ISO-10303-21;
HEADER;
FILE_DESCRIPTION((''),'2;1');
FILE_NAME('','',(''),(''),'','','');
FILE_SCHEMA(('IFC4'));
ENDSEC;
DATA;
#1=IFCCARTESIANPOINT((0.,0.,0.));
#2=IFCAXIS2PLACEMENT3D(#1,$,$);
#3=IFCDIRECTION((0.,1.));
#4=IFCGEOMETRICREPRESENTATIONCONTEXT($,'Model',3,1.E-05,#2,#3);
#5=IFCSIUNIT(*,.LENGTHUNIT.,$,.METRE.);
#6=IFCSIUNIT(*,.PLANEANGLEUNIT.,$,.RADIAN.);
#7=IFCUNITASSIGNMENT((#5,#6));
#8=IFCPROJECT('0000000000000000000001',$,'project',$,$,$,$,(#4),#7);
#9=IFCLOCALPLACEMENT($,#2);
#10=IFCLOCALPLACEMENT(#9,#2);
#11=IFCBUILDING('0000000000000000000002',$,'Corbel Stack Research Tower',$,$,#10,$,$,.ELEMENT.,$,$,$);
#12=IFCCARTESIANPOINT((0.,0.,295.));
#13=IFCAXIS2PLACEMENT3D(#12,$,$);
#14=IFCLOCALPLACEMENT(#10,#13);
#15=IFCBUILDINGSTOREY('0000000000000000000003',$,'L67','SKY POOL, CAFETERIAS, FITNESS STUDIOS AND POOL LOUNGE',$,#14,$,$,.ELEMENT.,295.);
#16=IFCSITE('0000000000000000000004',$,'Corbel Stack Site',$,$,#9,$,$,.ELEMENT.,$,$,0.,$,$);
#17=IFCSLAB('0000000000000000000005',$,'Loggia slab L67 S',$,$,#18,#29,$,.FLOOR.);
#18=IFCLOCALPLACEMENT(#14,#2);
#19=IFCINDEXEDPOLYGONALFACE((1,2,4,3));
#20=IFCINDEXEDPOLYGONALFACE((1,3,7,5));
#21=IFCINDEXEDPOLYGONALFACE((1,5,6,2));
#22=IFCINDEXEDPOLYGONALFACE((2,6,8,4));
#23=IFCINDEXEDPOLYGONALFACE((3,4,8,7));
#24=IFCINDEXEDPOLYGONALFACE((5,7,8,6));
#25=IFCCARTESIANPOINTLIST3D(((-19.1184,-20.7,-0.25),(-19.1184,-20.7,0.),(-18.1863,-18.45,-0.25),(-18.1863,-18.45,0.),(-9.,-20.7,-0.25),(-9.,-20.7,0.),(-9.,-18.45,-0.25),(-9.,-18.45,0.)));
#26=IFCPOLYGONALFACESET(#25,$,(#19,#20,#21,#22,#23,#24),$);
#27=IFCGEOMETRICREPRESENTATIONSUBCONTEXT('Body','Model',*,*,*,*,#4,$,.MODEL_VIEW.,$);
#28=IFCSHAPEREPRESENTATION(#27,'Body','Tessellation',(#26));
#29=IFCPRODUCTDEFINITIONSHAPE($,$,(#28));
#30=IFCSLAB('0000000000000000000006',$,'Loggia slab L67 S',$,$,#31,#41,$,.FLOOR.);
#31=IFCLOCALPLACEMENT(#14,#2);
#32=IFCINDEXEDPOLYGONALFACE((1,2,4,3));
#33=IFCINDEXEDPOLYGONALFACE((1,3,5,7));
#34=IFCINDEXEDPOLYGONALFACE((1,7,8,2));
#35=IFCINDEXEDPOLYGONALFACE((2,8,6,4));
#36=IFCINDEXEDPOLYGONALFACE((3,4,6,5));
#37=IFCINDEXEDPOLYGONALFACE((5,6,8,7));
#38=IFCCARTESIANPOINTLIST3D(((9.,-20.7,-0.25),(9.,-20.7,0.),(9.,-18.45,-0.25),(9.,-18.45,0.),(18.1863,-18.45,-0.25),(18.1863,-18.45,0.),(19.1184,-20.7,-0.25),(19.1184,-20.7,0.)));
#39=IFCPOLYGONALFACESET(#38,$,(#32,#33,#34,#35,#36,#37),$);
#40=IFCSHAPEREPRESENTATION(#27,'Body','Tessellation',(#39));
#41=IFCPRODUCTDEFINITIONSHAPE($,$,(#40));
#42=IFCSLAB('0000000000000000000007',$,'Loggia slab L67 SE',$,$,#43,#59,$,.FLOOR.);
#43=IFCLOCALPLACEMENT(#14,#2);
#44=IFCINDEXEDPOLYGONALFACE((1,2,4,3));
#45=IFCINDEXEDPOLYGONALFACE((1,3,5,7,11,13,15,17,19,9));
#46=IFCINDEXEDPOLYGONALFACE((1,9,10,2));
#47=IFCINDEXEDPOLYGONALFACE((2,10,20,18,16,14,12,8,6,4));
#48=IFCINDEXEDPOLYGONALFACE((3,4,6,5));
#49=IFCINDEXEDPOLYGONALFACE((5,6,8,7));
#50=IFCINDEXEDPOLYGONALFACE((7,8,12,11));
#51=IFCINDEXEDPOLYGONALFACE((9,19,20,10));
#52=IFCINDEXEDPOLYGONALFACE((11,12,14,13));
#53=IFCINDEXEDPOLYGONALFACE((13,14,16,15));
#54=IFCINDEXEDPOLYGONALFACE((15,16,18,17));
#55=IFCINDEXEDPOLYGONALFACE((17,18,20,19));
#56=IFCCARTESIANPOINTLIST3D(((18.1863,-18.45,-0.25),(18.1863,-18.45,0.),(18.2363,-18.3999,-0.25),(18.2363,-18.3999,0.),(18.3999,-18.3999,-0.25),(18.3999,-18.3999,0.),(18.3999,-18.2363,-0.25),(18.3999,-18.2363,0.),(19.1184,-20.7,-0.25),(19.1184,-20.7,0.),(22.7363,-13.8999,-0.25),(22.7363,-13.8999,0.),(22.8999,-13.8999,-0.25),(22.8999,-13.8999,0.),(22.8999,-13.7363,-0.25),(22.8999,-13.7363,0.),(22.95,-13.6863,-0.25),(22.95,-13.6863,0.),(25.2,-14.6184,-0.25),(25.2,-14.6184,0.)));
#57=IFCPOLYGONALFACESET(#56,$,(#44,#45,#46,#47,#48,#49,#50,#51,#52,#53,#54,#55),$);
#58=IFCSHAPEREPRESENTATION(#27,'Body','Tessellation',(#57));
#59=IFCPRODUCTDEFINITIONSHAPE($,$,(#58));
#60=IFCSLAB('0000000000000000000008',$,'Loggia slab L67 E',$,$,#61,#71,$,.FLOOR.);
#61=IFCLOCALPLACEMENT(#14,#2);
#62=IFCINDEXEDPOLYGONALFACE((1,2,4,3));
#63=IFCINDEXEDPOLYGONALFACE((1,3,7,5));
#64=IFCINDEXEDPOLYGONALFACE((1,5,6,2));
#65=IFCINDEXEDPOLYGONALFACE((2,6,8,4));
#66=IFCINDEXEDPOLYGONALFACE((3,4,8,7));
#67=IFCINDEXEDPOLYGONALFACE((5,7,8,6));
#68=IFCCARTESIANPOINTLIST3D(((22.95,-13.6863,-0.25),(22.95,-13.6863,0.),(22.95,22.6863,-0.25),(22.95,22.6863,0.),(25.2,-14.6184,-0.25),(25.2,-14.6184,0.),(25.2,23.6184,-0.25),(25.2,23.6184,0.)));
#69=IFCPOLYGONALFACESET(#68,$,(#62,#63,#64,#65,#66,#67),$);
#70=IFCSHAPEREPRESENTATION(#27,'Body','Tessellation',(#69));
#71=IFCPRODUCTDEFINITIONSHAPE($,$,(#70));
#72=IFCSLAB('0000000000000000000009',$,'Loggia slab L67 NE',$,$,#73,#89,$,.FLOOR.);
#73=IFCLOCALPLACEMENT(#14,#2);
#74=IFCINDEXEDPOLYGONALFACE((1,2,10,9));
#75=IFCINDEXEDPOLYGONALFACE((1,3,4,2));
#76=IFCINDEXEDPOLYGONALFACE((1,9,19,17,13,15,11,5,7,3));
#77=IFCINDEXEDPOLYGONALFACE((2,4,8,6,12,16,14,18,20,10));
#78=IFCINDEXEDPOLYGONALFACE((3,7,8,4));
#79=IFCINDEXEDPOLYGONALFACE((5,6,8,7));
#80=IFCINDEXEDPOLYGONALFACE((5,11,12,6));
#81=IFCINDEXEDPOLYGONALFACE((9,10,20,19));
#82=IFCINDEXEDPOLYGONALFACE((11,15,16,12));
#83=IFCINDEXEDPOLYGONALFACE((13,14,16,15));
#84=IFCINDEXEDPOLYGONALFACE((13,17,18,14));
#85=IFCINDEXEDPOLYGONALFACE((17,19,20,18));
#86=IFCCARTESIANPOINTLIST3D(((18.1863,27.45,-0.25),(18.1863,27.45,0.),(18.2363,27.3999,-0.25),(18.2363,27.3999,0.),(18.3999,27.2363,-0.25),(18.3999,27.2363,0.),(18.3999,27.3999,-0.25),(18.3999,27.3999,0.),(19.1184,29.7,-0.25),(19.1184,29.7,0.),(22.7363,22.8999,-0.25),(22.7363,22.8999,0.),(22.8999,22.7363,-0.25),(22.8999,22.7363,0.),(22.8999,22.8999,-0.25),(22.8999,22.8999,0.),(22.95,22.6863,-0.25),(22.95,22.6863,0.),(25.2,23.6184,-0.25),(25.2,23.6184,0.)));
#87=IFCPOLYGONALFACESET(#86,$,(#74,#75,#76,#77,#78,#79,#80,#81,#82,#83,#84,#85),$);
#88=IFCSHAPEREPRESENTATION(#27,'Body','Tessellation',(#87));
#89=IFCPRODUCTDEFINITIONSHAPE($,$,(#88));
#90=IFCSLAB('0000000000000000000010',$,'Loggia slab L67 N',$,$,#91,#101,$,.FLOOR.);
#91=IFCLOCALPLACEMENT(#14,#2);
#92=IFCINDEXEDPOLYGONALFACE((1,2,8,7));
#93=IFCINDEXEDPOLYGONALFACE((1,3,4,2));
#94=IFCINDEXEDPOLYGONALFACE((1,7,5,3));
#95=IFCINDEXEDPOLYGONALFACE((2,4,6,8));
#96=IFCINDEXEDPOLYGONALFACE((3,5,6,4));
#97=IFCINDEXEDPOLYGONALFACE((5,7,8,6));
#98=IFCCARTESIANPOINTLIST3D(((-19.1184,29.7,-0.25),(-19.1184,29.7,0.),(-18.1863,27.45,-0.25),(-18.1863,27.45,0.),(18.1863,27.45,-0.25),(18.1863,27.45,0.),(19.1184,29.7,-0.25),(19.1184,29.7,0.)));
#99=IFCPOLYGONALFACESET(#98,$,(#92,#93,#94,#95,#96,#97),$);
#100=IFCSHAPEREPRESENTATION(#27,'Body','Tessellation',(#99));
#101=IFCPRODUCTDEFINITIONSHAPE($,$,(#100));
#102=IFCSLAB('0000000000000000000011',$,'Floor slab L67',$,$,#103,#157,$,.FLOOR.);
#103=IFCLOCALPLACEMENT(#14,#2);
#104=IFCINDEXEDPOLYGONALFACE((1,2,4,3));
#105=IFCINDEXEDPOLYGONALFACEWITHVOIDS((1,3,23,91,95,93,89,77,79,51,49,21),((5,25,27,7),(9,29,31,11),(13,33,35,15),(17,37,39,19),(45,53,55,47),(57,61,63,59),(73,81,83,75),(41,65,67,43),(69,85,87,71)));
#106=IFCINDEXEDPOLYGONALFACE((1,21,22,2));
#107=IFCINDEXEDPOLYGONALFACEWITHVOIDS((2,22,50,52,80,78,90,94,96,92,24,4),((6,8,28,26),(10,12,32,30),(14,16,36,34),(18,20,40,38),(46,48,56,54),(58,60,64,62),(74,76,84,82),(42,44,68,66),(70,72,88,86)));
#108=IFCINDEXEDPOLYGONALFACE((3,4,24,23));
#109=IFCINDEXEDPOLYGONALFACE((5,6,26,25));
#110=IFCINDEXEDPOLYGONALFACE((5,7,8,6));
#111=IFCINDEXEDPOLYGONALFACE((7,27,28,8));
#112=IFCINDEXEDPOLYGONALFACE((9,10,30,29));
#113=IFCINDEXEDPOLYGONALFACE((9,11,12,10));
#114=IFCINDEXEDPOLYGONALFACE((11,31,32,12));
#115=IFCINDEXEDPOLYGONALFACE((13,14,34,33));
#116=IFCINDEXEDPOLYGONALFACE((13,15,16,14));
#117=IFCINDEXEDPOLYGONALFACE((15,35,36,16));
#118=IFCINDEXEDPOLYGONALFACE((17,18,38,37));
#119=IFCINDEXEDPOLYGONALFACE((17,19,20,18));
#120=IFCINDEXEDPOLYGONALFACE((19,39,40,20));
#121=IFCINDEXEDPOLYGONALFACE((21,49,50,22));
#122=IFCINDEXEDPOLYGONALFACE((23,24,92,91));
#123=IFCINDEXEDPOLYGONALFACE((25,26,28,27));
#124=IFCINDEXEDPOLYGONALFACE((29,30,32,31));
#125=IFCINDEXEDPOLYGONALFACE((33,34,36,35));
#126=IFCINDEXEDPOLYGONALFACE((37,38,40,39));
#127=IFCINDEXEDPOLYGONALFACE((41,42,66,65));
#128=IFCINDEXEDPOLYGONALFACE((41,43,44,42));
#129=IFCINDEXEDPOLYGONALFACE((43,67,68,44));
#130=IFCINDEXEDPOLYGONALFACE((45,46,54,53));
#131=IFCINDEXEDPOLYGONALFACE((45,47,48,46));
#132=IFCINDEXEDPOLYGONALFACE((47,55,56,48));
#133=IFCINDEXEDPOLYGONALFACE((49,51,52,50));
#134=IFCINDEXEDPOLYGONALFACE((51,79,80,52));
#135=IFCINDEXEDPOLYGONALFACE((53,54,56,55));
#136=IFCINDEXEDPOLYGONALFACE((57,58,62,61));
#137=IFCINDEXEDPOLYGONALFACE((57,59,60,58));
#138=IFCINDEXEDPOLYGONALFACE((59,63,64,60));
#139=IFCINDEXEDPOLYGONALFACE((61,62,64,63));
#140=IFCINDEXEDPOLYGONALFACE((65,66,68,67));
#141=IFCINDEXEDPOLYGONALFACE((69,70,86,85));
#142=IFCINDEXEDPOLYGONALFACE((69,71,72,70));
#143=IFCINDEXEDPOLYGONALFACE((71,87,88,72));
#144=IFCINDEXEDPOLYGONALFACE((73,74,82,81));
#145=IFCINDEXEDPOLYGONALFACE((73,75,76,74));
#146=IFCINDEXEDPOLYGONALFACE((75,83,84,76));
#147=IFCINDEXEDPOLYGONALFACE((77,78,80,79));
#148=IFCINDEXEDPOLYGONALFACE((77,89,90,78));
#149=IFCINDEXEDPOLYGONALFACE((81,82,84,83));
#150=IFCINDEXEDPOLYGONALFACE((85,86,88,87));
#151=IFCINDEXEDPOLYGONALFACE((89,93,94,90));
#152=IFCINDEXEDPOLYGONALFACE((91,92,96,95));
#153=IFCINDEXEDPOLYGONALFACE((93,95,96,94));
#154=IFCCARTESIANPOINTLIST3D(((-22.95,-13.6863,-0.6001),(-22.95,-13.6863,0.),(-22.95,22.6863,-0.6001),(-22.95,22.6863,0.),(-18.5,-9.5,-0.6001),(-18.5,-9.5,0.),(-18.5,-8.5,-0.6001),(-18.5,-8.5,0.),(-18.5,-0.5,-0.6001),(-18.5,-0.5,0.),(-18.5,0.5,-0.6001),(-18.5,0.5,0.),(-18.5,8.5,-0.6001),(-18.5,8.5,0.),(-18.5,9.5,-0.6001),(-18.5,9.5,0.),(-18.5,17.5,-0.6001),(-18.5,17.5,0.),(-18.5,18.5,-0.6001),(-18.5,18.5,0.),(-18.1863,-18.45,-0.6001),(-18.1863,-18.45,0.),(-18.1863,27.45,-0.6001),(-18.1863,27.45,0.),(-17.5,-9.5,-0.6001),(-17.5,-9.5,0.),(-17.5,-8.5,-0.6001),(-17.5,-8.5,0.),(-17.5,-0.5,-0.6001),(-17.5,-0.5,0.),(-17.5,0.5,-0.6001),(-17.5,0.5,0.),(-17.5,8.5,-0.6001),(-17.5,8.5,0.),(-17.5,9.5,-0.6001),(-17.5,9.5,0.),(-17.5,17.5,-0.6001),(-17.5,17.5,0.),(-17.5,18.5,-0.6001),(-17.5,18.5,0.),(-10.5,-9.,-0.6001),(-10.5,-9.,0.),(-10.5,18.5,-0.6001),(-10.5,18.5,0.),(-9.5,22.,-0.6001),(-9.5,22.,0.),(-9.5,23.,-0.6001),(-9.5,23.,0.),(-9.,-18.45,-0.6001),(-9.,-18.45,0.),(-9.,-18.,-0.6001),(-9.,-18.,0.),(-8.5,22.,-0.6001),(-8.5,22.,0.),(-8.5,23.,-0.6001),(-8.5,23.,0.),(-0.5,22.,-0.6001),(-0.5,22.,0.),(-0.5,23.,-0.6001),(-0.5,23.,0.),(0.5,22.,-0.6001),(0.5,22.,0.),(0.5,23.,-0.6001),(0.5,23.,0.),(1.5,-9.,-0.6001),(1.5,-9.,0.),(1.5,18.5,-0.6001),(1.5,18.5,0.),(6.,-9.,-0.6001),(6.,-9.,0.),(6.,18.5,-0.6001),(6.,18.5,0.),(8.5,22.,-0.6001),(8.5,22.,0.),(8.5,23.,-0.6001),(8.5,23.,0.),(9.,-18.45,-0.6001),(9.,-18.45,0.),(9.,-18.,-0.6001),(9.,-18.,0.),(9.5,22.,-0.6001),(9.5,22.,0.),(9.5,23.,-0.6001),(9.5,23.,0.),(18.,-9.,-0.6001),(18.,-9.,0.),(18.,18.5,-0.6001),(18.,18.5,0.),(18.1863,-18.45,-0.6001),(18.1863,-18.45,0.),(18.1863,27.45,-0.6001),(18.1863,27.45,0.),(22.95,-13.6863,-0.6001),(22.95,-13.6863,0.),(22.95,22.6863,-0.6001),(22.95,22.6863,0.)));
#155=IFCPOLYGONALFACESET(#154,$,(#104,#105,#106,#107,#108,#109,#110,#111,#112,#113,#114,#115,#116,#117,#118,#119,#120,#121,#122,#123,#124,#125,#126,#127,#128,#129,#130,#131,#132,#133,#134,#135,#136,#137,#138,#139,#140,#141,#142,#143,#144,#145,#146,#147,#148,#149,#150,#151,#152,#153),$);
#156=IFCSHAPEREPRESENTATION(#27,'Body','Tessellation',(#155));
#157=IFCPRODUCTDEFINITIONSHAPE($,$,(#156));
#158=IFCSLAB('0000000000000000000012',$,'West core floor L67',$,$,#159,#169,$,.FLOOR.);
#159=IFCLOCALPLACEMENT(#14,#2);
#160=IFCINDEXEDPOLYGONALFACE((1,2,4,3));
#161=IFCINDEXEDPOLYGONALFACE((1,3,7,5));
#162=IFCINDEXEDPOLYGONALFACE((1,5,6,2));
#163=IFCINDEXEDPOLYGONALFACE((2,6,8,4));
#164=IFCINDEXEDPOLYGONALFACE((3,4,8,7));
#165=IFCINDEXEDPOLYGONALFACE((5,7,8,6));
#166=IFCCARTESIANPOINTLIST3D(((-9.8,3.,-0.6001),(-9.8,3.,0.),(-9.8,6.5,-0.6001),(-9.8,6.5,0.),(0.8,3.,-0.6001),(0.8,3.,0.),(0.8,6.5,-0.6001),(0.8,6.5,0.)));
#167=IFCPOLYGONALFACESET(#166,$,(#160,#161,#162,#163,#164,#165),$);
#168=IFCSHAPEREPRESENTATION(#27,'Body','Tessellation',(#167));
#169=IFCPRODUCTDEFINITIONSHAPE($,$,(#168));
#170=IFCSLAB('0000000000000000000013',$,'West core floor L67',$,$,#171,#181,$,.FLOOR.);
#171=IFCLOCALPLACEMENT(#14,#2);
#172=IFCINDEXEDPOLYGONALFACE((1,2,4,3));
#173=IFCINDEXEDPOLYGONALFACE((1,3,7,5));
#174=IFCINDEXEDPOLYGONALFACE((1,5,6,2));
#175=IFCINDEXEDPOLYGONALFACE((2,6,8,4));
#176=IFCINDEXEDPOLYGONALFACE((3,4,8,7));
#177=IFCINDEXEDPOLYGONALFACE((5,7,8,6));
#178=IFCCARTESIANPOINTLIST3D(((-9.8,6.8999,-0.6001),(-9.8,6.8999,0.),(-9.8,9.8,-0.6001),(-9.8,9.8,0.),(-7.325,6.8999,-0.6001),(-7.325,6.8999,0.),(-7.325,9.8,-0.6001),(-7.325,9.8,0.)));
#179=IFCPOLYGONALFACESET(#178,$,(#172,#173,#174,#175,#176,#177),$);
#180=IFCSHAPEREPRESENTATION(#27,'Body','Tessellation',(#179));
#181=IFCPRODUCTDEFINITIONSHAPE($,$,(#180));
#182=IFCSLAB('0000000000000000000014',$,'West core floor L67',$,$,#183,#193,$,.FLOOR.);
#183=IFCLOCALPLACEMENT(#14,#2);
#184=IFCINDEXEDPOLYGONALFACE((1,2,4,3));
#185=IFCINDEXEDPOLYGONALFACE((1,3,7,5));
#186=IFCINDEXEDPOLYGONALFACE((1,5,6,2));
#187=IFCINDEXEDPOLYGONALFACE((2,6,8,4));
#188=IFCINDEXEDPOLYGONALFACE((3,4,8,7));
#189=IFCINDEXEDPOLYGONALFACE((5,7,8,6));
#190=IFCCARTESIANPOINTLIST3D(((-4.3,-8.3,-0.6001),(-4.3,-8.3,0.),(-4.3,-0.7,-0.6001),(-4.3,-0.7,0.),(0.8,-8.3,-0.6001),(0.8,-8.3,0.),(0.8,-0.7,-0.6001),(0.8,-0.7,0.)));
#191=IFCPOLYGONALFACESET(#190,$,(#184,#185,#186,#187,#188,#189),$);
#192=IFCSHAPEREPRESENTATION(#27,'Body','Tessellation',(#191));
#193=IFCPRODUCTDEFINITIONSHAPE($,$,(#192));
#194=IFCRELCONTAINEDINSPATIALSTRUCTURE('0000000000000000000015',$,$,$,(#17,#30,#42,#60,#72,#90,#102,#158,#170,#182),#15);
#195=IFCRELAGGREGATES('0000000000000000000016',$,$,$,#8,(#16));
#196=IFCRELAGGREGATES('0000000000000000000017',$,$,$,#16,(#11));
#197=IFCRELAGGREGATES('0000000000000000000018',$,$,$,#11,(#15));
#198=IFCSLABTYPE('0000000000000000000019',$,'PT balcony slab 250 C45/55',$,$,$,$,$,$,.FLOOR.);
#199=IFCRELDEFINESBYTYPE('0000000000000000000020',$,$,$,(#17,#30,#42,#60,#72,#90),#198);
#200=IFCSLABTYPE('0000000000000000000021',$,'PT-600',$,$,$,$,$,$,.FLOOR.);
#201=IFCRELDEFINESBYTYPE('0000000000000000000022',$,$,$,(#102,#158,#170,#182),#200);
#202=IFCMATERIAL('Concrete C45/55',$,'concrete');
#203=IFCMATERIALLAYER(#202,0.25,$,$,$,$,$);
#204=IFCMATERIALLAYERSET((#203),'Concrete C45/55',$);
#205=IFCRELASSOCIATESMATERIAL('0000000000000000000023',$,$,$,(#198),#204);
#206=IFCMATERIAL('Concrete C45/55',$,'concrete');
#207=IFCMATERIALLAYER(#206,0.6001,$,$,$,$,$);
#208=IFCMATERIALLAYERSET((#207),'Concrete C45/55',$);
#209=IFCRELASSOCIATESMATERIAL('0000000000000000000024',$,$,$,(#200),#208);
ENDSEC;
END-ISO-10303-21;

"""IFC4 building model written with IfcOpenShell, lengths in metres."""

from ifc_helpers import new_model, si_unit, direction, frame, origin, place, context, subcontext, project, spatial, polyline, outline, extrude, material, layer, layer_set, type_object, element, save


model = new_model("IFC4")

# Units and contexts
model_context = context("Model", 3, precision=1e-05, world=origin(), true_north=direction((0.0, 1.0)))
body_context = subcontext(model_context, "Body", "Model", "MODEL_VIEW")
ifc_project = project(units=[si_unit("LENGTHUNIT", "METRE"), si_unit("PLANEANGLEUNIT", "RADIAN")], contexts=[model_context])

# Site, building, storey
site_placement = place(None, origin())
site = spatial("IfcSite", under=ifc_project, at=site_placement, Name="Corbel Stack Site", CompositionType="ELEMENT", RefElevation=0.0)
building_placement = place(site_placement, origin())
building = spatial("IfcBuilding", under=site, at=building_placement, Name="Corbel Stack Research Tower", CompositionType="ELEMENT")
storey_placement = place(building_placement, frame((0.0, 0.0, 295.0)))
storey = spatial("IfcBuildingStorey", under=building, at=storey_placement, Name="L67", Description="SKY POOL, CAFETERIAS, FITNESS STUDIOS AND POOL LOUNGE", CompositionType="ELEMENT", Elevation=295.0)

# Slabs
ifc_material_1 = material(Name="Concrete C45/55", Category="concrete")
ifc_layer_1 = layer(ifc_material_1, 0.25)
ifc_layer_set_1 = layer_set([ifc_layer_1], Name="Concrete C45/55")
slab_type_1 = type_object("IfcSlabType", Name="PT balcony slab 250 C45/55", PredefinedType="FLOOR", material=ifc_layer_set_1)
slab_1_placement = place(storey_placement, frame((0.0, 0.0, -0.25)))
element("IfcSlab", 1, at=slab_1_placement, inside=storey, type_object=slab_type_1, Name="Loggia slab L67 S", PredefinedType="FLOOR", context=body_context, shape_type="SweptSolid", body=[
    extrude(outline(polyline([(-9.0, -20.7), (-9.0, -18.45), (-18.1863, -18.45), (-19.1184, -20.7), (-9.0, -20.7)])), origin(), (0.0, 0.0, 1.0), 0.25),
])
slab_2_placement = place(storey_placement, frame((0.0, 0.0, -0.25)))
element("IfcSlab", 2, at=slab_2_placement, inside=storey, type_object=slab_type_1, Name="Loggia slab L67 S", PredefinedType="FLOOR", context=body_context, shape_type="SweptSolid", body=[
    extrude(outline(polyline([(18.1863, -18.45), (9.0, -18.45), (9.0, -20.7), (19.1184, -20.7), (18.1863, -18.45)])), origin(), (0.0, 0.0, 1.0), 0.25),
])
slab_3_placement = place(storey_placement, frame((0.0, 0.0, -0.25)))
element("IfcSlab", 3, at=slab_3_placement, inside=storey, type_object=slab_type_1, Name="Loggia slab L67 SE", PredefinedType="FLOOR", context=body_context, shape_type="SweptSolid", body=[
    extrude(outline(polyline([(22.95, -13.6863), (22.8999, -13.7363), (22.8999, -13.8999), (22.7363, -13.8999), (18.3999, -18.2363), (18.3999, -18.3999), (18.2363, -18.3999), (18.1863, -18.45), (19.1184, -20.7), (25.2, -14.6184), (22.95, -13.6863)])), origin(), (0.0, 0.0, 1.0), 0.25),
])
slab_4_placement = place(storey_placement, frame((0.0, 0.0, -0.25)))
element("IfcSlab", 4, at=slab_4_placement, inside=storey, type_object=slab_type_1, Name="Loggia slab L67 E", PredefinedType="FLOOR", context=body_context, shape_type="SweptSolid", body=[
    extrude(outline(polyline([(22.95, 22.6863), (22.95, -13.6863), (25.2, -14.6184), (25.2, 23.6184), (22.95, 22.6863)])), origin(), (0.0, 0.0, 1.0), 0.25),
])
slab_5_placement = place(storey_placement, frame((0.0, 0.0, -0.25)))
element("IfcSlab", 5, at=slab_5_placement, inside=storey, type_object=slab_type_1, Name="Loggia slab L67 NE", PredefinedType="FLOOR", context=body_context, shape_type="SweptSolid", body=[
    extrude(outline(polyline([(18.1863, 27.45), (18.2363, 27.3999), (18.3999, 27.3999), (18.3999, 27.2363), (22.7363, 22.8999), (22.8999, 22.8999), (22.8999, 22.7363), (22.95, 22.6863), (25.2, 23.6184), (19.1184, 29.7), (18.1863, 27.45)])), origin(), (0.0, 0.0, 1.0), 0.25),
])
slab_6_placement = place(storey_placement, frame((0.0, 0.0, -0.25)))
element("IfcSlab", 6, at=slab_6_placement, inside=storey, type_object=slab_type_1, Name="Loggia slab L67 N", PredefinedType="FLOOR", context=body_context, shape_type="SweptSolid", body=[
    extrude(outline(polyline([(-18.1863, 27.45), (18.1863, 27.45), (19.1184, 29.7), (-19.1184, 29.7), (-18.1863, 27.45)])), origin(), (0.0, 0.0, 1.0), 0.25),
])
ifc_material_2 = material(Name="Concrete C45/55", Category="concrete")
ifc_layer_2 = layer(ifc_material_2, 0.6001)
ifc_layer_set_2 = layer_set([ifc_layer_2], Name="Concrete C45/55")
slab_type_2 = type_object("IfcSlabType", Name="PT-600", PredefinedType="FLOOR", material=ifc_layer_set_2)
slab_7_placement = place(storey_placement, frame((0.0, 0.0, -0.6001)))
element("IfcSlab", 7, at=slab_7_placement, inside=storey, type_object=slab_type_2, Name="Floor slab L67", PredefinedType="FLOOR", context=body_context, shape_type="SweptSolid", body=[
    extrude(outline(polyline([(-18.1863, -18.45), (-9.0, -18.45), (-9.0, -18.0), (9.0, -18.0), (9.0, -18.45), (18.1863, -18.45), (22.95, -13.6863), (22.95, 22.6863), (18.1863, 27.45), (-18.1863, 27.45), (-22.95, 22.6863), (-22.95, -13.6863), (-18.1863, -18.45)]), holes=[polyline([(18.0, 18.5), (18.0, -9.0), (6.0, -9.0), (6.0, 18.5), (18.0, 18.5)]), polyline([(9.5, 22.0), (8.5, 22.0), (8.5, 23.0), (9.5, 23.0), (9.5, 22.0)]), polyline([(1.5, 18.5), (1.5, -9.0), (-10.5, -9.0), (-10.5, 18.5), (1.5, 18.5)]), polyline([(0.5, 22.0), (-0.5, 22.0), (-0.5, 23.0), (0.5, 23.0), (0.5, 22.0)]), polyline([(-8.5, 23.0), (-8.5, 22.0), (-9.5, 22.0), (-9.5, 23.0), (-8.5, 23.0)]), polyline([(-17.5, -8.5), (-17.5, -9.5), (-18.5, -9.5), (-18.5, -8.5), (-17.5, -8.5)]), polyline([(-17.5, 0.5), (-17.5, -0.5), (-18.5, -0.5), (-18.5, 0.5), (-17.5, 0.5)]), polyline([(-17.5, 9.5), (-17.5, 8.5), (-18.5, 8.5), (-18.5, 9.5), (-17.5, 9.5)]), polyline([(-17.5, 18.5), (-17.5, 17.5), (-18.5, 17.5), (-18.5, 18.5), (-17.5, 18.5)])]), origin(), (0.0, 0.0, 1.0), 0.6001),
])
slab_8_placement = place(storey_placement, frame((0.0, 0.0, -0.6001)))
element("IfcSlab", 8, at=slab_8_placement, inside=storey, type_object=slab_type_2, Name="West core floor L67", PredefinedType="FLOOR", context=body_context, shape_type="SweptSolid", body=[
    extrude(outline(polyline([(-9.8, 6.5), (-9.8, 3.0), (0.8, 3.0), (0.8, 6.5), (-9.8, 6.5)])), origin(), (0.0, 0.0, 1.0), 0.6001),
])
slab_9_placement = place(storey_placement, frame((0.0, 0.0, -0.6001)))
element("IfcSlab", 9, at=slab_9_placement, inside=storey, type_object=slab_type_2, Name="West core floor L67", PredefinedType="FLOOR", context=body_context, shape_type="SweptSolid", body=[
    extrude(outline(polyline([(-9.8, 6.8999), (-7.325, 6.8999), (-7.325, 9.8), (-9.8, 9.8), (-9.8, 6.8999)])), origin(), (0.0, 0.0, 1.0), 0.6001),
])
slab_10_placement = place(storey_placement, frame((0.0, 0.0, -0.6001)))
element("IfcSlab", 10, at=slab_10_placement, inside=storey, type_object=slab_type_2, Name="West core floor L67", PredefinedType="FLOOR", context=body_context, shape_type="SweptSolid", body=[
    extrude(outline(polyline([(-4.3, -0.7), (-4.3, -8.3), (0.8, -8.3), (0.8, -0.7), (-4.3, -0.7)])), origin(), (0.0, 0.0, 1.0), 0.6001),
])

save(model, "model.ifc")
